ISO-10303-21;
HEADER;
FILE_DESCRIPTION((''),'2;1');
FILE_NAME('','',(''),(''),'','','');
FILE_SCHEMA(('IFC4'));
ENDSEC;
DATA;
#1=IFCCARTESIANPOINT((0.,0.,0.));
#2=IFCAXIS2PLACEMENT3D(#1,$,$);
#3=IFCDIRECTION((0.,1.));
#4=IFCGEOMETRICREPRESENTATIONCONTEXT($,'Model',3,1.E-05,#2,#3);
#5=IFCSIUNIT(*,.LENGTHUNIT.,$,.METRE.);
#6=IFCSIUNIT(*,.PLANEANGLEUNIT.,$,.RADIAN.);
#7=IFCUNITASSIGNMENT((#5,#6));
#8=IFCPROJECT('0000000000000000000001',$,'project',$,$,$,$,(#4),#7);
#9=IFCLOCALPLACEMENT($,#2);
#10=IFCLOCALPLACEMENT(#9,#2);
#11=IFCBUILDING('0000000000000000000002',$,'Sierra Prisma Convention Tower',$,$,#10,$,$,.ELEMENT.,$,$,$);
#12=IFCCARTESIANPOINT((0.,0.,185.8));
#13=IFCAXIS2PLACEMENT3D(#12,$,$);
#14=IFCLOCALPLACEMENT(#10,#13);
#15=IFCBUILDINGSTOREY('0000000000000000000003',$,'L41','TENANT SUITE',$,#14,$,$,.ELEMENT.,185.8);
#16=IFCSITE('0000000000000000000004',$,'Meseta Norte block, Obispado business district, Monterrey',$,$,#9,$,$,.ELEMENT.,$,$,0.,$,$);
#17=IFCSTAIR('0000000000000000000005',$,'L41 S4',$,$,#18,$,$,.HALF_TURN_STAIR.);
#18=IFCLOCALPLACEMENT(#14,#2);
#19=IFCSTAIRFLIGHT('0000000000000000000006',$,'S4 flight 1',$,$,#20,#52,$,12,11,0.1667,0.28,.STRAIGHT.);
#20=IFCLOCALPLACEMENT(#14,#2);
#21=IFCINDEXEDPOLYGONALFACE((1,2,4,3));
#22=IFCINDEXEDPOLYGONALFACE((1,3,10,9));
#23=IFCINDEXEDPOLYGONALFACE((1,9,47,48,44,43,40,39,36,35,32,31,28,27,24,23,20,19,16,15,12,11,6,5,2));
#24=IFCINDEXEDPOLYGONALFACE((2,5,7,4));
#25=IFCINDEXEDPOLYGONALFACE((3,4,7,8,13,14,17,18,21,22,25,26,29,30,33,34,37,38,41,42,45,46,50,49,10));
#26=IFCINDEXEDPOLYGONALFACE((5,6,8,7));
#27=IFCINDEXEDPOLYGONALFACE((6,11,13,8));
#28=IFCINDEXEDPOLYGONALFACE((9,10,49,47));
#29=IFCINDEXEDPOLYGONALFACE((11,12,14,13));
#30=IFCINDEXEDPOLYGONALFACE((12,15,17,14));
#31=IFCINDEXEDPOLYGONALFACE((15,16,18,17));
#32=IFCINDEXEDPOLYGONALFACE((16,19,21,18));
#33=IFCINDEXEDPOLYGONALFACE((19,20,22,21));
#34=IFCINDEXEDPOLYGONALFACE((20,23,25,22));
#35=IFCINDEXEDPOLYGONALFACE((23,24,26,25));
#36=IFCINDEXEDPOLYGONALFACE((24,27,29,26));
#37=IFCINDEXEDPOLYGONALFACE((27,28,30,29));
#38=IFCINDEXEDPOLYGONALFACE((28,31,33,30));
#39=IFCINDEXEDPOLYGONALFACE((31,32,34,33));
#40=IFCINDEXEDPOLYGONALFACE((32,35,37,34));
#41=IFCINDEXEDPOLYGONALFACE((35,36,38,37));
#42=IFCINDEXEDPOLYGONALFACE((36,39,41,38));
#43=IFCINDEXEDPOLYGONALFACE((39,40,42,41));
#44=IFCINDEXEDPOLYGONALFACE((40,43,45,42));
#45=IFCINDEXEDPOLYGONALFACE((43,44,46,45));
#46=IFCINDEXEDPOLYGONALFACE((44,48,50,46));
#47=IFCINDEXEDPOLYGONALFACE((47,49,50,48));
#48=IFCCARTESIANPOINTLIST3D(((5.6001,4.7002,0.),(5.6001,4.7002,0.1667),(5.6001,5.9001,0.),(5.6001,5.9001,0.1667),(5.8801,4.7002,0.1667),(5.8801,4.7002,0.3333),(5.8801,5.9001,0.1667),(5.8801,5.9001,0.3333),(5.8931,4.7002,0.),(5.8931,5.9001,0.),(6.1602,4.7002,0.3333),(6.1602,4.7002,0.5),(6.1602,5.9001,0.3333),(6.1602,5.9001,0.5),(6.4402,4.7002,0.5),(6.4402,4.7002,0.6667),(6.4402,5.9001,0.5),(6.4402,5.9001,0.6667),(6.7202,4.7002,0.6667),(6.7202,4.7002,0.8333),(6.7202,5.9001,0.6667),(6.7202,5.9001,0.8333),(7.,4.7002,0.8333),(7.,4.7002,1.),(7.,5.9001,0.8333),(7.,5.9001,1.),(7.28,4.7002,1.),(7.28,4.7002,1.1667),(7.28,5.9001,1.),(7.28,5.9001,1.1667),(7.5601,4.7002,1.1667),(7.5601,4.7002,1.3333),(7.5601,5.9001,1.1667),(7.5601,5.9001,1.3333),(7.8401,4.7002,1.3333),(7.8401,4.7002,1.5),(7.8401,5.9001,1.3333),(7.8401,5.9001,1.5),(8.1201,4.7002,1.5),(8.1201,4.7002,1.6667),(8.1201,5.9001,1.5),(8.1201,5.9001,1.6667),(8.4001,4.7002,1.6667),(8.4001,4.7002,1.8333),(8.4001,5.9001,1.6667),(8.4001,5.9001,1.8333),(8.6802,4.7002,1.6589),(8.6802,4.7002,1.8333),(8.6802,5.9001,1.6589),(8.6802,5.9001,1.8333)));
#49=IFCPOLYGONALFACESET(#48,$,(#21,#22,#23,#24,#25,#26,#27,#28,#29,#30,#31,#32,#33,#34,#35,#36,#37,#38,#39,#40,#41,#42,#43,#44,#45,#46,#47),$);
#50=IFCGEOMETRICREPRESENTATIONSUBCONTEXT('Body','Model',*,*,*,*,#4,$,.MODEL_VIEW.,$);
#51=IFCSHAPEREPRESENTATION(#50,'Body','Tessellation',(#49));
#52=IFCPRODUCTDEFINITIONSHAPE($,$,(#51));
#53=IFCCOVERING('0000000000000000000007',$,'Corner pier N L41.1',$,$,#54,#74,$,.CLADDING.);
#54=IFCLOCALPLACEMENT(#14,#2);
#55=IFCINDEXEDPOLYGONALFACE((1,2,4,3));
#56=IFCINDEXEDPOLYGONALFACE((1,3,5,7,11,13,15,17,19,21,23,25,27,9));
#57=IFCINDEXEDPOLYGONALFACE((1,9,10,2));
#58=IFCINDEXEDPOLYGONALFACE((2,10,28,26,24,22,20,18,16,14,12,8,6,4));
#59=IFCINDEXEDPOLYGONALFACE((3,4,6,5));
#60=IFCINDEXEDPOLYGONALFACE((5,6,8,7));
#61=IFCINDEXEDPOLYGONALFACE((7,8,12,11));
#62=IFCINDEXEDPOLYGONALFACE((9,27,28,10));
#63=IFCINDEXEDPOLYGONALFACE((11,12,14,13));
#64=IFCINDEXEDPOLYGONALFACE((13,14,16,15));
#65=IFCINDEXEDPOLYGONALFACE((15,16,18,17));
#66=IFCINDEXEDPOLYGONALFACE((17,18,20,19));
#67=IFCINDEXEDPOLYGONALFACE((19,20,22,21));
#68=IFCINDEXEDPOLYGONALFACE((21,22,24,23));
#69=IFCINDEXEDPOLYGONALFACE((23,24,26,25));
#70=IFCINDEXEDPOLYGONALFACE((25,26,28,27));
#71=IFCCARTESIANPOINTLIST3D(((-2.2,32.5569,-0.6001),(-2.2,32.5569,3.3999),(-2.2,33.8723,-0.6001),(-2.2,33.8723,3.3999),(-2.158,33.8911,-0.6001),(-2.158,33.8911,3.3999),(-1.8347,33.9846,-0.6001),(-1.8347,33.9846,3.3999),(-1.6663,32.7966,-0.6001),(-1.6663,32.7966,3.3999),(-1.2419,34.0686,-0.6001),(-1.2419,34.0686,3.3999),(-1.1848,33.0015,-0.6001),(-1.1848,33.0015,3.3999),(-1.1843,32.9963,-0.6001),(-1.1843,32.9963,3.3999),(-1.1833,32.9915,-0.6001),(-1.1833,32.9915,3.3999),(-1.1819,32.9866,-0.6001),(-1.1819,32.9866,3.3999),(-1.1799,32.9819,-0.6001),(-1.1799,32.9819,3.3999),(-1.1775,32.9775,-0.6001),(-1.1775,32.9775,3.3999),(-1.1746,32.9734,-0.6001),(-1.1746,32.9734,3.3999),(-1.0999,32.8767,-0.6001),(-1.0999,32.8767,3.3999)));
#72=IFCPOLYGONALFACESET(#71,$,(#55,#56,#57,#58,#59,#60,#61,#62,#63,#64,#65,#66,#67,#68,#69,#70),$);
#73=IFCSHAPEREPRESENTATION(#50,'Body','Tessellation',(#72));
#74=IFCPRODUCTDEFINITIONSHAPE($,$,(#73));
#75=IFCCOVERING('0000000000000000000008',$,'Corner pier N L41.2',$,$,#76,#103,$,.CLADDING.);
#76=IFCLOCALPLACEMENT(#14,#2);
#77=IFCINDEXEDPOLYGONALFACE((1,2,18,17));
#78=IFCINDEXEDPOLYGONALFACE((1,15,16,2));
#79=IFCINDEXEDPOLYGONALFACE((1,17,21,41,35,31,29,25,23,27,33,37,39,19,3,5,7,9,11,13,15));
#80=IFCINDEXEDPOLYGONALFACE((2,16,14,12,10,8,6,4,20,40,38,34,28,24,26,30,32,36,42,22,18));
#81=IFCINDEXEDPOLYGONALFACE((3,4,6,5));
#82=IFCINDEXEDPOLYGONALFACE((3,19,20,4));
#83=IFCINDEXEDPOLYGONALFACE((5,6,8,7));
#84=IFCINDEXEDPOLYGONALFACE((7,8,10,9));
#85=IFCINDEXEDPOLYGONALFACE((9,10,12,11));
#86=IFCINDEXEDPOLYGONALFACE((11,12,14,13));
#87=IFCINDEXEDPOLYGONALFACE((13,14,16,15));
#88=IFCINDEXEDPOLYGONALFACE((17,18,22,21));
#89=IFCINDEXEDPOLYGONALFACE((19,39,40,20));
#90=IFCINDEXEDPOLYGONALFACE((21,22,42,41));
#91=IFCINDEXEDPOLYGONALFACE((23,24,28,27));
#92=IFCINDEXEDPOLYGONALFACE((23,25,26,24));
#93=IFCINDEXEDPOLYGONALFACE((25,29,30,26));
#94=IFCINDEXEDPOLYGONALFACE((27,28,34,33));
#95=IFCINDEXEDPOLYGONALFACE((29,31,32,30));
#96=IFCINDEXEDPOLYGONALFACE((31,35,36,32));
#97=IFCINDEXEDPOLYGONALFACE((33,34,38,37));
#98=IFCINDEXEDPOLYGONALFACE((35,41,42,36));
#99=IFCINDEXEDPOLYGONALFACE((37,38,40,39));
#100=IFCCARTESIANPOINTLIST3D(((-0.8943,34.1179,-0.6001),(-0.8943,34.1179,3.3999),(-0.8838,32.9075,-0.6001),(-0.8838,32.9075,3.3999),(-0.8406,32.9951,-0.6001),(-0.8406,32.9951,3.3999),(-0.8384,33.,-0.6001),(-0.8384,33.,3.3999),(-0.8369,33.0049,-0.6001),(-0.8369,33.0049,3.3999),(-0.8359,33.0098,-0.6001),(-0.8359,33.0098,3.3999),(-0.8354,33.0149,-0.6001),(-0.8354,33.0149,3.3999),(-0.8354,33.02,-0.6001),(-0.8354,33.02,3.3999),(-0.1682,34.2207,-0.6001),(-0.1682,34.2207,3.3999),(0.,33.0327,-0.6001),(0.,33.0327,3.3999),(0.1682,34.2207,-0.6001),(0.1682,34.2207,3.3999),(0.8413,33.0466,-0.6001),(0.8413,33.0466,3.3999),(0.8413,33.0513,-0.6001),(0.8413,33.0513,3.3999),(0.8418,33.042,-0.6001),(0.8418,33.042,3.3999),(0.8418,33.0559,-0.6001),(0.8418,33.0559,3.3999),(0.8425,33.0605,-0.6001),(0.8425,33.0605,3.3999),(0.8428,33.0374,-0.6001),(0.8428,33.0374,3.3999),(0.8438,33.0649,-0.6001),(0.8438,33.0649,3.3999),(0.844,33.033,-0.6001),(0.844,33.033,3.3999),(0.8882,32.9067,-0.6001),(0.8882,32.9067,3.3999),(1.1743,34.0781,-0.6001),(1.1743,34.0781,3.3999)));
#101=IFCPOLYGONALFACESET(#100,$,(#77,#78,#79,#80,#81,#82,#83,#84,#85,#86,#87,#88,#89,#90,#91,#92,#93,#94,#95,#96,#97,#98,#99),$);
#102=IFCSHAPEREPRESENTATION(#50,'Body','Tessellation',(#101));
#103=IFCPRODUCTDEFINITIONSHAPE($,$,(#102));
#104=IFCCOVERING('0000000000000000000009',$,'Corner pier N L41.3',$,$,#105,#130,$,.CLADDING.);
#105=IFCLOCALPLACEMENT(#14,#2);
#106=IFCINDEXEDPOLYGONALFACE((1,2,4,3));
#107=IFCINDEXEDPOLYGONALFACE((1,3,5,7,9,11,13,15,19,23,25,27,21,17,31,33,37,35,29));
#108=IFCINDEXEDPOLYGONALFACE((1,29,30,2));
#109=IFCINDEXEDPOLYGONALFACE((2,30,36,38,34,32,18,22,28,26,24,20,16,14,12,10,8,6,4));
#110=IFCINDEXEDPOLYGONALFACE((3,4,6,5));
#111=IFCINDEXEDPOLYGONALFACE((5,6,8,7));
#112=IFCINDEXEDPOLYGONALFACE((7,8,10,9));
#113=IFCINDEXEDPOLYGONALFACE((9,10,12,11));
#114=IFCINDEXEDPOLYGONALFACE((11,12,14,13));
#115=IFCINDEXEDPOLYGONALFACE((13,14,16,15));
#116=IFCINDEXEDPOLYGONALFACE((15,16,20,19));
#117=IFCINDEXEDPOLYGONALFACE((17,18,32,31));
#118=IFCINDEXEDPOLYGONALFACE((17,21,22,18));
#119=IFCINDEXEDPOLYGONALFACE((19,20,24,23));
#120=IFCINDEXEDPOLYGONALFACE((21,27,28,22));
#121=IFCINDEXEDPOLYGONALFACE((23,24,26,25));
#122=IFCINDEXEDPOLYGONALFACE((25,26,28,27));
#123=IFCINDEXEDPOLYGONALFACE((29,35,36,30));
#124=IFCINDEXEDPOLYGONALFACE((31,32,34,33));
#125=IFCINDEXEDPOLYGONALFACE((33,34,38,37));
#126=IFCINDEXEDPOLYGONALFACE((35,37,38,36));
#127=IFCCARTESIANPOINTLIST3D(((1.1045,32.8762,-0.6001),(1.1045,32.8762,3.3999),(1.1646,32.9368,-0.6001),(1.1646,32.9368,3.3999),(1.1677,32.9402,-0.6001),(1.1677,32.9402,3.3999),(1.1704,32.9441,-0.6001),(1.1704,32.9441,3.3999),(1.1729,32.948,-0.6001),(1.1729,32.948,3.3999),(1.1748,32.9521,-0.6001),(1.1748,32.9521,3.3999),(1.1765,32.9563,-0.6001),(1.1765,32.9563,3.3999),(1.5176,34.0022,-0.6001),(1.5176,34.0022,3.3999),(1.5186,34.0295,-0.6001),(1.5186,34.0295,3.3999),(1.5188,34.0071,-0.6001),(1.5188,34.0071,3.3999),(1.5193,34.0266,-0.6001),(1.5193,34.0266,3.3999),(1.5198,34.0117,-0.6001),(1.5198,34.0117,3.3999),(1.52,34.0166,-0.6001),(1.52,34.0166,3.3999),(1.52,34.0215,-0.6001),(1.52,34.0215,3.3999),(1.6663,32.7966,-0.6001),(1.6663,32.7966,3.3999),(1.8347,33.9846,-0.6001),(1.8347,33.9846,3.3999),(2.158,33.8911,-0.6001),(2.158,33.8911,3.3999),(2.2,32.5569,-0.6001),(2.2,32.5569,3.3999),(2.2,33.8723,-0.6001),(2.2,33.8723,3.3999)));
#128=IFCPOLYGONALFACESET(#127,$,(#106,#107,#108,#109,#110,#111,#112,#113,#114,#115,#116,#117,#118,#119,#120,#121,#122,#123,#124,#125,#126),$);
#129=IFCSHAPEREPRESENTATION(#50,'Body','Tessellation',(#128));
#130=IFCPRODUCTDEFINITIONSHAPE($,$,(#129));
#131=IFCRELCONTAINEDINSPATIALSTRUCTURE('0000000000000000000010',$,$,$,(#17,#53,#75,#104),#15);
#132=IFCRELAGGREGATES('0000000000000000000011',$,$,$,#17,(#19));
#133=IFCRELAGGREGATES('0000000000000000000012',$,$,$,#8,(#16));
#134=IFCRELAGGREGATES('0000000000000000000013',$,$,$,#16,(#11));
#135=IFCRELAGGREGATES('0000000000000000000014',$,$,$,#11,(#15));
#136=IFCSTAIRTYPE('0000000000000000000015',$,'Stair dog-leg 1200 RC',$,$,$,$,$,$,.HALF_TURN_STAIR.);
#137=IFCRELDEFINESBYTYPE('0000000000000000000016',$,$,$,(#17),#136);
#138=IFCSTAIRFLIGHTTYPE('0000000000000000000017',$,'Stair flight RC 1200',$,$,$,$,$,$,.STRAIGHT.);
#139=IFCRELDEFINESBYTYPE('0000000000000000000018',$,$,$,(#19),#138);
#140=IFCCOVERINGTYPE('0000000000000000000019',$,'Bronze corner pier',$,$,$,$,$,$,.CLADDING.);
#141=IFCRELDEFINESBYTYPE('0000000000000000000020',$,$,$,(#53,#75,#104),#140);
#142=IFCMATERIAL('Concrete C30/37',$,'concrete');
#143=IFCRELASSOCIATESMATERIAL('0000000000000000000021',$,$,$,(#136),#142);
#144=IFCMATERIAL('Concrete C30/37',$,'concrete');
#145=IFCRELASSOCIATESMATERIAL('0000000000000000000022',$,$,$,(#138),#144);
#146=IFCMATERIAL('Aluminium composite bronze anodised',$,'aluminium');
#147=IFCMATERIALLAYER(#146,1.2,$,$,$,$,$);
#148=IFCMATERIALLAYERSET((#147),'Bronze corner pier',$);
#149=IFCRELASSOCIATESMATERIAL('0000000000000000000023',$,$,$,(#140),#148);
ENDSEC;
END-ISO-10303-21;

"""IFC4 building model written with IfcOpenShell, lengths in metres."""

from ifc_helpers import new_model, si_unit, direction, frame, origin, place, context, subcontext, project, spatial, polyline, outline, extrude, material, layer, layer_set, type_object, element, aggregate, save


model = new_model("IFC4")

# Units and contexts
model_context = context("Model", 3, precision=1e-05, world=origin(), true_north=direction((0.0, 1.0)))
body_context = subcontext(model_context, "Body", "Model", "MODEL_VIEW")
ifc_project = project(units=[si_unit("LENGTHUNIT", "METRE"), si_unit("PLANEANGLEUNIT", "RADIAN")], contexts=[model_context])

# Site, building, storey
site_placement = place(None, origin())
site = spatial("IfcSite", under=ifc_project, at=site_placement, Name="Meseta Norte block, Obispado business district, Monterrey", CompositionType="ELEMENT", RefElevation=0.0)
building_placement = place(site_placement, origin())
building = spatial("IfcBuilding", under=site, at=building_placement, Name="Sierra Prisma Convention Tower", CompositionType="ELEMENT")
storey_placement = place(building_placement, frame((0.0, 0.0, 185.8)))
storey = spatial("IfcBuildingStorey", under=building, at=storey_placement, Name="L41", Description="TENANT SUITE", CompositionType="ELEMENT", Elevation=185.8)

# Shared definitions
ifc_material_1 = material(Name="Concrete C30/37", Category="concrete")
stair_type = type_object("IfcStairType", Name="Stair dog-leg 1200 RC", PredefinedType="HALF_TURN_STAIR", material=ifc_material_1)

# Stair
stair_1_placement = place(storey_placement, origin())
stair_1 = element("IfcStair", 1, at=stair_1_placement, inside=storey, type_object=stair_type, Name="L41 S4", PredefinedType="HALF_TURN_STAIR")

# Stair flight
ifc_material_2 = material(Name="Concrete C30/37", Category="concrete")
stair_flight_type = type_object("IfcStairFlightType", Name="Stair flight RC 1200", PredefinedType="STRAIGHT", material=ifc_material_2)
stair_flight_placement = place(storey_placement, frame((5.6001, 5.3, 0.0), z_axis=(0.0, 0.0, 1.0), x_axis=(1.0, 0.0, 0.0)))
stair_flight = element("IfcStairFlight", 2, at=stair_flight_placement, type_object=stair_flight_type, Name="S4 flight 1", NumberOfRisers=12, NumberOfTreads=11, PredefinedType="STRAIGHT", RiserHeight=0.1667, TreadLength=0.28, context=body_context, shape_type="SweptSolid", body=[
    extrude(outline(polyline([(0.0, 0.0), (0.0, 0.1667), (0.28, 0.1667), (0.28, 0.3333), (0.5601, 0.3333), (0.5601, 0.5), (0.8401, 0.5), (0.8401, 0.6667), (1.1201, 0.6667), (1.1201, 0.8333), (1.3999, 0.8333), (1.3999, 1.0), (1.6799, 1.0), (1.6799, 1.1667), (1.96, 1.1667), (1.96, 1.3333), (2.24, 1.3333), (2.24, 1.5), (2.52, 1.5), (2.52, 1.6667), (2.8, 1.6667), (2.8, 1.8333), (3.0801, 1.8333), (3.0801, 2.0), (3.0801, 1.6589), (0.293, 0.0), (0.0, 0.0)])), frame((0.0, 0.6001, 0.0), z_axis=(0.0, -1.0, 0.0), x_axis=(1.0, 0.0, 0.0)), (0.0, 0.0, 1.0), 1.2),
])
aggregate(stair_1, [stair_flight])

# Coverings
ifc_material_3 = material(Name="Aluminium composite bronze anodised", Category="aluminium")
ifc_layer_1 = layer(ifc_material_3, 1.2)
ifc_layer_set_1 = layer_set([ifc_layer_1], Name="Bronze corner pier")
covering_type = type_object("IfcCoveringType", Name="Bronze corner pier", PredefinedType="CLADDING", material=ifc_layer_set_1)
covering_1_placement = place(storey_placement, frame((0.0, 0.0, -0.6001)))
element("IfcCovering", 3, at=covering_1_placement, inside=storey, type_object=covering_type, Name="Corner pier N L41.1", PredefinedType="CLADDING", context=body_context, shape_type="SweptSolid", body=[
    extrude(outline(polyline([(-1.2419, 34.0686), (-1.1848, 33.0015), (-1.1843, 32.9963), (-1.1833, 32.9915), (-1.1819, 32.9866), (-1.1799, 32.9819), (-1.1775, 32.9775), (-1.1746, 32.9734), (-1.0999, 32.8767), (-1.6663, 32.7966), (-2.2, 32.5569), (-2.2, 33.8723), (-2.158, 33.8911), (-1.8347, 33.9846), (-1.2419, 34.0686)])), origin(), (0.0, 0.0, 1.0), 4.0),
])
covering_2_placement = place(storey_placement, frame((0.0, 0.0, -0.6001)))
element("IfcCovering", 4, at=covering_2_placement, inside=storey, type_object=covering_type, Name="Corner pier N L41.2", PredefinedType="CLADDING", context=body_context, shape_type="SweptSolid", body=[
    extrude(outline(polyline([(-0.1682, 34.2207), (0.1682, 34.2207), (1.1743, 34.0781), (0.8438, 33.0649), (0.8425, 33.0605), (0.8418, 33.0559), (0.8413, 33.0513), (0.8413, 33.0466), (0.8418, 33.042), (0.8428, 33.0374), (0.844, 33.033), (0.8882, 32.9067), (0.0, 33.0327), (-0.8838, 32.9075), (-0.8406, 32.9951), (-0.8384, 33.0), (-0.8369, 33.0049), (-0.8359, 33.0098), (-0.8354, 33.0149), (-0.8354, 33.02), (-0.8943, 34.1179), (-0.1682, 34.2207)])), origin(), (0.0, 0.0, 1.0), 4.0),
])
covering_3_placement = place(storey_placement, frame((0.0, 0.0, -0.6001)))
element("IfcCovering", 5, at=covering_3_placement, inside=storey, type_object=covering_type, Name="Corner pier N L41.3", PredefinedType="CLADDING", context=body_context, shape_type="SweptSolid", body=[
    extrude(outline(polyline([(2.158, 33.8911), (2.2, 33.8723), (2.2, 32.5569), (1.6663, 32.7966), (1.1045, 32.8762), (1.1646, 32.9368), (1.1677, 32.9402), (1.1704, 32.9441), (1.1729, 32.948), (1.1748, 32.9521), (1.1765, 32.9563), (1.5176, 34.0022), (1.5188, 34.0071), (1.5198, 34.0117), (1.52, 34.0166), (1.52, 34.0215), (1.5193, 34.0266), (1.5186, 34.0295), (1.8347, 33.9846), (2.158, 33.8911)])), origin(), (0.0, 0.0, 1.0), 4.0),
])

save(model, "model.ifc")
